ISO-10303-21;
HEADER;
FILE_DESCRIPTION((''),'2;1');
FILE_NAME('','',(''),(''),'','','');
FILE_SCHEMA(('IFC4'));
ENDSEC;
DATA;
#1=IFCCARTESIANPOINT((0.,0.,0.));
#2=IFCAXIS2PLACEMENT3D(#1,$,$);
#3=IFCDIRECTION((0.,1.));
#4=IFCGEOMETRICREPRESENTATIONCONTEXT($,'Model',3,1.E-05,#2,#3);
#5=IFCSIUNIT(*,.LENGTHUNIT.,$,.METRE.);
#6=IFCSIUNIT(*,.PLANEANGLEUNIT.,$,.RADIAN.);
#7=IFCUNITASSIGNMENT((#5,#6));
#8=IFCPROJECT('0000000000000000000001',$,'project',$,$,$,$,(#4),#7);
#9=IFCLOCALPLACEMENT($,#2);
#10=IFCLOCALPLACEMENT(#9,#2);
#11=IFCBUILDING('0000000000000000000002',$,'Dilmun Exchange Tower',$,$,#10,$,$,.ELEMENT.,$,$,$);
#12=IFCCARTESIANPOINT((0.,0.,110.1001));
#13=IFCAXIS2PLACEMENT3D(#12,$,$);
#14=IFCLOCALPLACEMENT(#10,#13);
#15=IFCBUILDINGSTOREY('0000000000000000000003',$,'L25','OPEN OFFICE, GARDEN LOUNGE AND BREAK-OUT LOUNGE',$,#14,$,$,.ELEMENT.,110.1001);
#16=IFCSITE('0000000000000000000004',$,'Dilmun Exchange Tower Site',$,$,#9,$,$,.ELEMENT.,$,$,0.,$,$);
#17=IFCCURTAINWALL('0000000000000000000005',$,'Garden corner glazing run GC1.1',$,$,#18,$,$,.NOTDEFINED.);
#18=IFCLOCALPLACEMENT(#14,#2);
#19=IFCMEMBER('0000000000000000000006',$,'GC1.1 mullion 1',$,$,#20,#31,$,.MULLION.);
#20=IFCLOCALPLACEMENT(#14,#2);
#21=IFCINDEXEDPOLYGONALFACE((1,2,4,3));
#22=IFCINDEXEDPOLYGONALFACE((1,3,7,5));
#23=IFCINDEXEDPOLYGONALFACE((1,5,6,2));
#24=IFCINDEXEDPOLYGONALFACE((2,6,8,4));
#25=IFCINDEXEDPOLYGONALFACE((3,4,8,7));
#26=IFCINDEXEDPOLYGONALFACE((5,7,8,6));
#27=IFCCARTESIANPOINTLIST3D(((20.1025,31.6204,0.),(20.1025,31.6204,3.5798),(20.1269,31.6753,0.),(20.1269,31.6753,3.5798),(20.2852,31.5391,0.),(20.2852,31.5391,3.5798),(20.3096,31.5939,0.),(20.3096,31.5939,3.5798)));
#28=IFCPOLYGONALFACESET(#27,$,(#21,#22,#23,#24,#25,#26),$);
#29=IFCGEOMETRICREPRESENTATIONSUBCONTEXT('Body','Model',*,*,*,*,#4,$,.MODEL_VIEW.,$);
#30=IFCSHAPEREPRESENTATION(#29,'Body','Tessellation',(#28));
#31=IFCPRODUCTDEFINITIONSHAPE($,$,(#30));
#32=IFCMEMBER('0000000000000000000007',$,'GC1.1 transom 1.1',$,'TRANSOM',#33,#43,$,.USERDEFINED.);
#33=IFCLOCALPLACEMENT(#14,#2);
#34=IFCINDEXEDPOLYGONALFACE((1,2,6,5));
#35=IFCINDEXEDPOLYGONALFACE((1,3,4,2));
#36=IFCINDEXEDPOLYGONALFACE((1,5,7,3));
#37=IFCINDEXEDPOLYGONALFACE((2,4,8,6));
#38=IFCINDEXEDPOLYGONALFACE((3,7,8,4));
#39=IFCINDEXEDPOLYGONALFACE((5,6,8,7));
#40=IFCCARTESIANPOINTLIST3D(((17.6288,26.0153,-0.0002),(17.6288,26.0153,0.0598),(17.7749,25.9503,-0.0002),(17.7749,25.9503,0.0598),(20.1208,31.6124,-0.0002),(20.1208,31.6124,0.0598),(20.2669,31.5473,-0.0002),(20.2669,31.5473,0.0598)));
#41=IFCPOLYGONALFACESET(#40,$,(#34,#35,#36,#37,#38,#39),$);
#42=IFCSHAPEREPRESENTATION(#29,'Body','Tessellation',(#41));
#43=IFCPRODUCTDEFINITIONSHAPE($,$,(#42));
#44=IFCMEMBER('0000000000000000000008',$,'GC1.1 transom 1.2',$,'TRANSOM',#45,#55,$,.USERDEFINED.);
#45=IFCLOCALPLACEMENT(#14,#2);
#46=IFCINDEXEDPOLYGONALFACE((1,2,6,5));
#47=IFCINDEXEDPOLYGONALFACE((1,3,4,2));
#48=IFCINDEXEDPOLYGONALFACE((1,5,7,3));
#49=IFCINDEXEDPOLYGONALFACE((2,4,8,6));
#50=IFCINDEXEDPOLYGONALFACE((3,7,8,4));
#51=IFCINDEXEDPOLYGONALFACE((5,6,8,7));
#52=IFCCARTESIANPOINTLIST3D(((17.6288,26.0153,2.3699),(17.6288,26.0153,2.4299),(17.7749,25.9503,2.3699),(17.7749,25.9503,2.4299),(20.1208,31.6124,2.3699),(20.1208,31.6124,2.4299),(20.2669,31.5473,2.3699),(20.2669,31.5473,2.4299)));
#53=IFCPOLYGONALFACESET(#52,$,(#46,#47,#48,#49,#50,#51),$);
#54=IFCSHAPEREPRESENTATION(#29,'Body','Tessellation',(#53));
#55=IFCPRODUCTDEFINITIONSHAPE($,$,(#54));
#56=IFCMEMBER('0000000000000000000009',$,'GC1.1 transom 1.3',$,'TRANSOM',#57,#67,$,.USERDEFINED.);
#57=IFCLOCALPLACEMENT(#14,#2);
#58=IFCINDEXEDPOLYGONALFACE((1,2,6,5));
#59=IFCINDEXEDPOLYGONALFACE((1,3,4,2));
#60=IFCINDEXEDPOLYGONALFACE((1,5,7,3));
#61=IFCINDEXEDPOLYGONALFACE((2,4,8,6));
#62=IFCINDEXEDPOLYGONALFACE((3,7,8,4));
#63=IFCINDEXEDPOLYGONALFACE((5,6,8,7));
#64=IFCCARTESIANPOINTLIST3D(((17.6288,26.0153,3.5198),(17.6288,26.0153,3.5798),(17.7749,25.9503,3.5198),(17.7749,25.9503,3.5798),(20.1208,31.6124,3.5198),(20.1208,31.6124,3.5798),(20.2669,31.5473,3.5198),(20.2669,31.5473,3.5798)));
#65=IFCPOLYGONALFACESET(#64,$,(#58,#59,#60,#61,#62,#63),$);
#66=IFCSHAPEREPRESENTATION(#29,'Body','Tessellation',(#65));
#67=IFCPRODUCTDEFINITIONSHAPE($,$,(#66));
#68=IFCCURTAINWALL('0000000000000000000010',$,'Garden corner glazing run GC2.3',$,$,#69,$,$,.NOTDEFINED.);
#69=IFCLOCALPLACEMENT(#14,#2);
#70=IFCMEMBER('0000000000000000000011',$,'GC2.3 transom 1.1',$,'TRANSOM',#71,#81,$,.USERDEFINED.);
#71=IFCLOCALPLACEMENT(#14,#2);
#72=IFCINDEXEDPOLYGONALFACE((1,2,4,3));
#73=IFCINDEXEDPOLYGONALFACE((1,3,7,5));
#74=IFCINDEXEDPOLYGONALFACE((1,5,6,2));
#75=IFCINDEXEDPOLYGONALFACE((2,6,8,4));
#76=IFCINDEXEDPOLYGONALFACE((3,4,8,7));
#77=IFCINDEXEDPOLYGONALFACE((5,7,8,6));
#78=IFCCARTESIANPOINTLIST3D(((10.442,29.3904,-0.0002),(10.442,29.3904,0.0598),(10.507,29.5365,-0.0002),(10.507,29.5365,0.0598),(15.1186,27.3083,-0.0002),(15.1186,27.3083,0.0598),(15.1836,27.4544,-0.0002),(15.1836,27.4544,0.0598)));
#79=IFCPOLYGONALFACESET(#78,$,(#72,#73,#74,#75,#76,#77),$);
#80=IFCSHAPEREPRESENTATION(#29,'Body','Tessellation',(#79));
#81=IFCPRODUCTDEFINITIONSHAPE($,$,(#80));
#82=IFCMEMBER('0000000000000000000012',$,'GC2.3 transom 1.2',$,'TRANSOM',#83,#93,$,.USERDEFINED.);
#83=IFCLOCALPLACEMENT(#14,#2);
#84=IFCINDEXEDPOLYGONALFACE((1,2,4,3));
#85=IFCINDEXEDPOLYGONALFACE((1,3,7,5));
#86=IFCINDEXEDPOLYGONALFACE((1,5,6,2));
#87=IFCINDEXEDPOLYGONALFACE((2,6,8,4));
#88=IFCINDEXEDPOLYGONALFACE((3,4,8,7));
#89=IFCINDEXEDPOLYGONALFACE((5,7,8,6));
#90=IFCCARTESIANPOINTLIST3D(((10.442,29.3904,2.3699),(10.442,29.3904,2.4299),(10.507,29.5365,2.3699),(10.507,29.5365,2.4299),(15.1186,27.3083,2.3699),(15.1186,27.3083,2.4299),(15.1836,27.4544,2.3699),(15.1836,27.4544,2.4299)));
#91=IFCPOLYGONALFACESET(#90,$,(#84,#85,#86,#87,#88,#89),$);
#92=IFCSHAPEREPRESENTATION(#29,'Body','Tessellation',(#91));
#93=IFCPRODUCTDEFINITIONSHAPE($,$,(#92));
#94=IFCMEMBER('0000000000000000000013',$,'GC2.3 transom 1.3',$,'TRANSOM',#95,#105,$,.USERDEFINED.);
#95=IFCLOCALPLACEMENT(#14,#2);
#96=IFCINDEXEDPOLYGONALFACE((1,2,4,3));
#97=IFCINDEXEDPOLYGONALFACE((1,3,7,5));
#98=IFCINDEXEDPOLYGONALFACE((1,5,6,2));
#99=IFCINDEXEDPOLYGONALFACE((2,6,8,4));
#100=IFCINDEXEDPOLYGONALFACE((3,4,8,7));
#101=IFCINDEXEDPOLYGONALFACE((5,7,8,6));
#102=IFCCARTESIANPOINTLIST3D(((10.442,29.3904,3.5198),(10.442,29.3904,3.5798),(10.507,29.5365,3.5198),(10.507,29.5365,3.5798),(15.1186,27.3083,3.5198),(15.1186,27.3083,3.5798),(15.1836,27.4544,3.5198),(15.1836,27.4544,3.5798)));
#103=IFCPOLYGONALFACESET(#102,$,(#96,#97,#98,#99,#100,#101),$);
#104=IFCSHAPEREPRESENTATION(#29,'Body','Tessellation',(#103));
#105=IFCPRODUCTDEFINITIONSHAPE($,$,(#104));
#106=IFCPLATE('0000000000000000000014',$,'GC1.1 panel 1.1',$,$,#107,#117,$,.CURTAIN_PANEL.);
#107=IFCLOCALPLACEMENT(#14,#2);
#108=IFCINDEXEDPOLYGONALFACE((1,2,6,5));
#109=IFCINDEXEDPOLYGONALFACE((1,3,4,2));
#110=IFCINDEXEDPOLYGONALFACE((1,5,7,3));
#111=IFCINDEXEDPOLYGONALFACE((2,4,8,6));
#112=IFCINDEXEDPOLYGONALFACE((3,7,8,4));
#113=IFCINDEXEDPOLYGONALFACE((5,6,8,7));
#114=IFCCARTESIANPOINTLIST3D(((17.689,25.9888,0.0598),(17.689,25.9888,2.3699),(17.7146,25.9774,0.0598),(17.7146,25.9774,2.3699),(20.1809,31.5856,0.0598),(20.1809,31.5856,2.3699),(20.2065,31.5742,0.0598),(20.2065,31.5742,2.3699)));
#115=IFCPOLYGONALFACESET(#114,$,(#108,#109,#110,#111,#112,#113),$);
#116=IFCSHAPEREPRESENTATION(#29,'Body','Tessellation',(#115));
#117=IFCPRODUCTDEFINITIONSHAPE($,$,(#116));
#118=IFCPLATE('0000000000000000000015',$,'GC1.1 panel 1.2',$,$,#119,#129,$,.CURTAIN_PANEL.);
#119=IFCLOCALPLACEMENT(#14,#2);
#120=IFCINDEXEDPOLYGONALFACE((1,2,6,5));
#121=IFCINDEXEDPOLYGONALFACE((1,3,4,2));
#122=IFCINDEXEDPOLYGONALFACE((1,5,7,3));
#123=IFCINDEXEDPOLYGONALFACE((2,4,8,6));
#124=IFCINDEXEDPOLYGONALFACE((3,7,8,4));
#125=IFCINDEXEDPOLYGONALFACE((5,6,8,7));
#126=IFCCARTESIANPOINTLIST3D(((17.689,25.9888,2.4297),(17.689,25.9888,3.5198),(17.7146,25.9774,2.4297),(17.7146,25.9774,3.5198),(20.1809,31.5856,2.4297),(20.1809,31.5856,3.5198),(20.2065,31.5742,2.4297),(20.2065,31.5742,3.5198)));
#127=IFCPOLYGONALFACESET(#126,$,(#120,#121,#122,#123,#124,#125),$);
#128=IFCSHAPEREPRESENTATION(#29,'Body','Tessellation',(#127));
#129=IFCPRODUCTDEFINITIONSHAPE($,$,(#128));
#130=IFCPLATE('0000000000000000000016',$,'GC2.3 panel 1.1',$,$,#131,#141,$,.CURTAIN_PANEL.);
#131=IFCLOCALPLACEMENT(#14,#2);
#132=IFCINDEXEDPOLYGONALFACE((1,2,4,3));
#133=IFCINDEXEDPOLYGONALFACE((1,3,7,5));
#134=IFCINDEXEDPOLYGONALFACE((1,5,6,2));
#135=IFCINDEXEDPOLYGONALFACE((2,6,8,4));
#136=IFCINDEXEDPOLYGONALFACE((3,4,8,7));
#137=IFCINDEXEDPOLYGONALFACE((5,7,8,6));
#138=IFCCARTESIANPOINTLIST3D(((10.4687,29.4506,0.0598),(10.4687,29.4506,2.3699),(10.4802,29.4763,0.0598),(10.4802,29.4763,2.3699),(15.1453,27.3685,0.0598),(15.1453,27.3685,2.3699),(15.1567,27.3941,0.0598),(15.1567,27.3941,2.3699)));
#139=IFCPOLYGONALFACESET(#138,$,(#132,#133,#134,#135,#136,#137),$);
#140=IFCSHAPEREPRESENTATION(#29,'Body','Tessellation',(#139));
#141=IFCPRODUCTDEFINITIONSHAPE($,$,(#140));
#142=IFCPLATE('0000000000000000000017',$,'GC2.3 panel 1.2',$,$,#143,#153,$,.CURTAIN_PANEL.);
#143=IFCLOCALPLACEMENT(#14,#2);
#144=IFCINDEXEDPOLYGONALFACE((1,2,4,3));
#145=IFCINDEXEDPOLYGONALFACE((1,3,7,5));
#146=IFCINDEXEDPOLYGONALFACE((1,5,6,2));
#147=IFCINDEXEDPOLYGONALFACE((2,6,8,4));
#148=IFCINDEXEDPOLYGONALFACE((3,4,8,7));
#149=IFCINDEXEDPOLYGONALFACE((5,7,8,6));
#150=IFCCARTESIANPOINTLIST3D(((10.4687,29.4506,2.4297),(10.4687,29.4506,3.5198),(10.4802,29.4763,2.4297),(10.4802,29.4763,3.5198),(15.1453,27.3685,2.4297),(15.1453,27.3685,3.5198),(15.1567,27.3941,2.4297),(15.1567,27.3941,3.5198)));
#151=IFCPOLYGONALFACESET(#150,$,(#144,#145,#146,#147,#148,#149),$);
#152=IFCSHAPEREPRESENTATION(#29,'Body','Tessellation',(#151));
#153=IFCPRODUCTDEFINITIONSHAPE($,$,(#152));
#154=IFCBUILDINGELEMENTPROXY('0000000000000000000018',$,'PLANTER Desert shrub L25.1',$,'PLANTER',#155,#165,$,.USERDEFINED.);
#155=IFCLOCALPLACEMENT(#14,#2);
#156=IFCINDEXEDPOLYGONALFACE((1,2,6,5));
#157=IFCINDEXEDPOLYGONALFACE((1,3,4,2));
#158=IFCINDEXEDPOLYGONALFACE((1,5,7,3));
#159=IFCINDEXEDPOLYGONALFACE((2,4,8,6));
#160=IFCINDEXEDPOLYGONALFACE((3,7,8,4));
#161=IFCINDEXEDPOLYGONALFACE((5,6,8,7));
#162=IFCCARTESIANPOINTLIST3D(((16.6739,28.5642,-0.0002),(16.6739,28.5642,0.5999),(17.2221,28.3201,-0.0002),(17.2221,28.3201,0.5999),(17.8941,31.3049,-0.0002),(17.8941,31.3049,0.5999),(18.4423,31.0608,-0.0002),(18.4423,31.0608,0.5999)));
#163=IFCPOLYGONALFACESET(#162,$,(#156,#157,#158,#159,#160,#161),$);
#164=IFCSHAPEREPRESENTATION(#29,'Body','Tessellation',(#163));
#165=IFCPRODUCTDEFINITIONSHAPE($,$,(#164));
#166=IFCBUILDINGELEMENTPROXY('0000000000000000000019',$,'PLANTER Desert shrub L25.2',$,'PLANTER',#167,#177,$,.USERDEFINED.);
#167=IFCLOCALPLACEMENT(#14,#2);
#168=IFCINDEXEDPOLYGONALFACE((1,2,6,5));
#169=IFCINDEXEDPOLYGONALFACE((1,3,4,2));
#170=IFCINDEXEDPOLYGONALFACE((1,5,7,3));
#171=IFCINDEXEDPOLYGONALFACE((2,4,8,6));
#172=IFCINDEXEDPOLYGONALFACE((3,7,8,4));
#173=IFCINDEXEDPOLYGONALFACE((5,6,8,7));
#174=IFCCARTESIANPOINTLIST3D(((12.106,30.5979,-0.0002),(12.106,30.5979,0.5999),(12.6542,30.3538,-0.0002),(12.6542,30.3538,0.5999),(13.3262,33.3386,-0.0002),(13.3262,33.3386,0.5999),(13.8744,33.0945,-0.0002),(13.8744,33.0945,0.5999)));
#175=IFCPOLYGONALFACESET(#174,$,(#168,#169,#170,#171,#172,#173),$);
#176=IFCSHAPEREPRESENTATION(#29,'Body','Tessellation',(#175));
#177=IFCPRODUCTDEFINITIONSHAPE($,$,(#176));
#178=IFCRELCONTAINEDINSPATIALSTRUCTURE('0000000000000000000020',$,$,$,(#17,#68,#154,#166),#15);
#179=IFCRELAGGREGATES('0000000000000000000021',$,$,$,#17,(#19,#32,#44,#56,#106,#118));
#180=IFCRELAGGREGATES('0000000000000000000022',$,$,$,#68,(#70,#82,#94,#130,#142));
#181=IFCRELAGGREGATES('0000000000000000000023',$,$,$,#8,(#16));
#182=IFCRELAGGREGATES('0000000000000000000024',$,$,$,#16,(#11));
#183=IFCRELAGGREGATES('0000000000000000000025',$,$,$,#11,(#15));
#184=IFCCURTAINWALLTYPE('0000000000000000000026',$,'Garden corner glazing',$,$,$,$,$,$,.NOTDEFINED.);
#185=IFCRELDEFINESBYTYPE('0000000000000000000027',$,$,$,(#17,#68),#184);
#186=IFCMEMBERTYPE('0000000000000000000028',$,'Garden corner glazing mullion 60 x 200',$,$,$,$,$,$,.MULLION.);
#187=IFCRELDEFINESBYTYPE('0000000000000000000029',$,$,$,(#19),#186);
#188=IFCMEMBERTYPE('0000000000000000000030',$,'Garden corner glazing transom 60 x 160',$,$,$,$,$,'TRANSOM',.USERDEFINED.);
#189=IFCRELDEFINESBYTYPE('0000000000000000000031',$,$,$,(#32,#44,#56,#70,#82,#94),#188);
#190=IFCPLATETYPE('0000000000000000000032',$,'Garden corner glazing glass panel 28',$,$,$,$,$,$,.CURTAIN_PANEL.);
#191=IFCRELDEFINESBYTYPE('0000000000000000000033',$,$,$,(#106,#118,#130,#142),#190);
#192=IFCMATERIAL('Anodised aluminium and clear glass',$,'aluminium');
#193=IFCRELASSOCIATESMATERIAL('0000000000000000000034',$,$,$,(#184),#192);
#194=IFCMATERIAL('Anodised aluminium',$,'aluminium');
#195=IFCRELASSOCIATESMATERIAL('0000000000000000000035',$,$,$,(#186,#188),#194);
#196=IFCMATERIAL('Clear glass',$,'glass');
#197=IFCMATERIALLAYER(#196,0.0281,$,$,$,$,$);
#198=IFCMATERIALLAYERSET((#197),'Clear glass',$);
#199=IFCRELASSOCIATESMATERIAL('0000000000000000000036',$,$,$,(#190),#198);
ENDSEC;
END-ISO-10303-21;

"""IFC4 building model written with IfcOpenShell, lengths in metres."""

from ifc_helpers import new_model, si_unit, direction, frame, origin, origin_2d, place, context, subcontext, project, spatial, rectangle, extrude, material, layer, layer_set, material_profile, profile_set, type_object, element, aggregate, save


model = new_model("IFC4")

# Units and contexts
model_context = context("Model", 3, precision=1e-05, world=origin(), true_north=direction((0.0, 1.0)))
body_context = subcontext(model_context, "Body", "Model", "MODEL_VIEW")
ifc_project = project(units=[si_unit("LENGTHUNIT", "METRE"), si_unit("PLANEANGLEUNIT", "RADIAN")], contexts=[model_context])

# Site, building, storey
site_placement = place(None, origin())
site = spatial("IfcSite", under=ifc_project, at=site_placement, Name="Dilmun Exchange Tower Site", CompositionType="ELEMENT", RefElevation=0.0)
building_placement = place(site_placement, origin())
building = spatial("IfcBuilding", under=site, at=building_placement, Name="Dilmun Exchange Tower", CompositionType="ELEMENT")
storey_placement = place(building_placement, frame((0.0, 0.0, 110.1001)))
storey = spatial("IfcBuildingStorey", under=building, at=storey_placement, Name="L25", Description="OPEN OFFICE, GARDEN LOUNGE AND BREAK-OUT LOUNGE", CompositionType="ELEMENT", Elevation=110.1001)

# Curtain walls, members
ifc_material_1 = material(Name="Anodised aluminium and clear glass", Category="aluminium")
curtain_wall_type = type_object("IfcCurtainWallType", Name="Garden corner glazing", PredefinedType="NOTDEFINED", material=ifc_material_1)
curtain_wall_1_placement = place(storey_placement, origin())
curtain_wall_1 = element("IfcCurtainWall", 1, at=curtain_wall_1_placement, inside=storey, type_object=curtain_wall_type, Name="Garden corner glazing run GC1.1", PredefinedType="NOTDEFINED")
ifc_material_2 = material(Name="Anodised aluminium", Category="aluminium")
ifc_material_profile_1 = material_profile(ifc_material_2, rectangle(XDim=0.2, YDim=0.0601, at=origin_2d()), Name="AL 60x200")
ifc_profile_set_1 = profile_set([ifc_material_profile_1], Name="Anodised aluminium")
member_type_1 = type_object("IfcMemberType", Name="Garden corner glazing mullion 60 x 200", PredefinedType="MULLION", material=ifc_profile_set_1)
member_1_placement = place(storey_placement, frame((20.2061, 31.6072, 0.0), z_axis=(0.0, 0.0, 1.0), x_axis=(0.913543, -0.406743, 0.0)))
member_1 = element("IfcMember", 2, at=member_1_placement, type_object=member_type_1, Name="GC1.1 mullion 1", PredefinedType="MULLION", context=body_context, shape_type="SweptSolid", body=[
    extrude(rectangle(XDim=0.2, YDim=0.0601, at=origin_2d()), origin(), (0.0, 0.0, 1.0), 3.5798),
])
ifc_material_profile_2 = material_profile(ifc_material_2, rectangle(XDim=0.1599, YDim=0.0601, at=origin_2d()), Name="AL 60x160")
ifc_profile_set_2 = profile_set([ifc_material_profile_2], Name="Anodised aluminium")
member_type_2 = type_object("IfcMemberType", Name="Garden corner glazing transom 60 x 160", ElementType="TRANSOM", PredefinedType="USERDEFINED", material=ifc_profile_set_2)
member_2_placement = place(storey_placement, frame((20.1938, 31.5798, 0.0298), z_axis=(-0.406741, -0.913543, 0.0), x_axis=(0.913543, -0.406741, 0.0)))
member_2 = element("IfcMember", 3, at=member_2_placement, type_object=member_type_2, Name="GC1.1 transom 1.1", ObjectType="TRANSOM", PredefinedType="USERDEFINED", context=body_context, shape_type="SweptSolid", body=[
    extrude(rectangle(XDim=0.1599, YDim=0.0601, at=origin_2d()), origin(), (0.0, 0.0, 1.0), 6.1267),
])
member_3_placement = place(storey_placement, frame((20.1938, 31.5798, 2.3999), z_axis=(-0.406741, -0.913543, 0.0), x_axis=(0.913543, -0.406741, 0.0)))
member_3 = element("IfcMember", 4, at=member_3_placement, type_object=member_type_2, Name="GC1.1 transom 1.2", ObjectType="TRANSOM", PredefinedType="USERDEFINED", context=body_context, shape_type="SweptSolid", body=[
    extrude(rectangle(XDim=0.1599, YDim=0.0601, at=origin_2d()), origin(), (0.0, 0.0, 1.0), 6.1267),
])
member_4_placement = place(storey_placement, frame((20.1938, 31.5798, 3.5498), z_axis=(-0.406741, -0.913543, 0.0), x_axis=(0.913543, -0.406741, 0.0)))
member_4 = element("IfcMember", 5, at=member_4_placement, type_object=member_type_2, Name="GC1.1 transom 1.3", ObjectType="TRANSOM", PredefinedType="USERDEFINED", context=body_context, shape_type="SweptSolid", body=[
    extrude(rectangle(XDim=0.1599, YDim=0.0601, at=origin_2d()), origin(), (0.0, 0.0, 1.0), 6.1267),
])
curtain_wall_2_placement = place(storey_placement, origin())
curtain_wall_2 = element("IfcCurtainWall", 6, at=curtain_wall_2_placement, inside=storey, type_object=curtain_wall_type, Name="Garden corner glazing run GC2.3", PredefinedType="NOTDEFINED")
member_5_placement = place(storey_placement, frame((15.1511, 27.3813, 0.0298), z_axis=(-0.913552, 0.406722, 0.0), x_axis=(-0.406722, -0.913552, 0.0)))
member_5 = element("IfcMember", 7, at=member_5_placement, type_object=member_type_2, Name="GC2.3 transom 1.1", ObjectType="TRANSOM", PredefinedType="USERDEFINED", context=body_context, shape_type="SweptSolid", body=[
    extrude(rectangle(XDim=0.1599, YDim=0.0601, at=origin_2d()), origin(), (0.0, 0.0, 1.0), 5.1191),
])
member_6_placement = place(storey_placement, frame((15.1511, 27.3813, 2.3999), z_axis=(-0.913552, 0.406722, 0.0), x_axis=(-0.406722, -0.913552, 0.0)))
member_6 = element("IfcMember", 8, at=member_6_placement, type_object=member_type_2, Name="GC2.3 transom 1.2", ObjectType="TRANSOM", PredefinedType="USERDEFINED", context=body_context, shape_type="SweptSolid", body=[
    extrude(rectangle(XDim=0.1599, YDim=0.0601, at=origin_2d()), origin(), (0.0, 0.0, 1.0), 5.1191),
])
member_7_placement = place(storey_placement, frame((15.1511, 27.3813, 3.5498), z_axis=(-0.913552, 0.406722, 0.0), x_axis=(-0.406722, -0.913552, 0.0)))
member_7 = element("IfcMember", 9, at=member_7_placement, type_object=member_type_2, Name="GC2.3 transom 1.3", ObjectType="TRANSOM", PredefinedType="USERDEFINED", context=body_context, shape_type="SweptSolid", body=[
    extrude(rectangle(XDim=0.1599, YDim=0.0601, at=origin_2d()), origin(), (0.0, 0.0, 1.0), 5.1191),
])

# Plates
ifc_material_3 = material(Name="Clear glass", Category="glass")
ifc_layer_1 = layer(ifc_material_3, 0.0281)
ifc_layer_set_1 = layer_set([ifc_layer_1], Name="Clear glass")
plate_type = type_object("IfcPlateType", Name="Garden corner glazing glass panel 28", PredefinedType="CURTAIN_PANEL", material=ifc_layer_set_1)
plate_1_placement = place(storey_placement, frame((18.9478, 28.7815, 0.0598), z_axis=(0.0, 0.0, 1.0), x_axis=(-0.406743, -0.913543, 0.0)))
plate_1 = element("IfcPlate", 10, at=plate_1_placement, type_object=plate_type, Name="GC1.1 panel 1.1", PredefinedType="CURTAIN_PANEL", context=body_context, shape_type="SweptSolid", body=[
    extrude(rectangle(XDim=6.1265, YDim=0.0281, at=origin_2d()), origin(), (0.0, 0.0, 1.0), 2.3101),
])
plate_2_placement = place(storey_placement, frame((18.9478, 28.7815, 2.4297), z_axis=(0.0, 0.0, 1.0), x_axis=(-0.406743, -0.913543, 0.0)))
plate_2 = element("IfcPlate", 11, at=plate_2_placement, type_object=plate_type, Name="GC1.1 panel 1.2", PredefinedType="CURTAIN_PANEL", context=body_context, shape_type="SweptSolid", body=[
    extrude(rectangle(XDim=6.1265, YDim=0.0281, at=origin_2d()), origin(), (0.0, 0.0, 1.0), 1.0901),
])
aggregate(curtain_wall_1, [member_1, member_2, member_3, member_4, plate_1, plate_2])
plate_3_placement = place(storey_placement, frame((12.8127, 28.4224, 0.0598), z_axis=(0.0, 0.0, 1.0), x_axis=(-0.913546, 0.406735, 0.0)))
plate_3 = element("IfcPlate", 12, at=plate_3_placement, type_object=plate_type, Name="GC2.3 panel 1.1", PredefinedType="CURTAIN_PANEL", context=body_context, shape_type="SweptSolid", body=[
    extrude(rectangle(XDim=5.1191, YDim=0.0281, at=origin_2d()), origin(), (0.0, 0.0, 1.0), 2.3101),
])
plate_4_placement = place(storey_placement, frame((12.8127, 28.4224, 2.4297), z_axis=(0.0, 0.0, 1.0), x_axis=(-0.913546, 0.406735, 0.0)))
plate_4 = element("IfcPlate", 13, at=plate_4_placement, type_object=plate_type, Name="GC2.3 panel 1.2", PredefinedType="CURTAIN_PANEL", context=body_context, shape_type="SweptSolid", body=[
    extrude(rectangle(XDim=5.1191, YDim=0.0281, at=origin_2d()), origin(), (0.0, 0.0, 1.0), 1.0901),
])
aggregate(curtain_wall_2, [member_5, member_6, member_7, plate_3, plate_4])

# Building element proxies
for number, where, z_axis, x_axis, name in (
    (14, (17.5581, 29.8125, -0.0002), (0.0, 0.0, 1.0), (0.406737, 0.913545, 0.0), "PLANTER Desert shrub L25.1"),
    (15, (12.9902, 31.8462, -0.0002), (0.0, 0.0, 1.0), (0.406737, 0.913545, 0.0), "PLANTER Desert shrub L25.2"),
):
    element("IfcBuildingElementProxy", number, at=place(storey_placement, frame(where, z_axis=z_axis, x_axis=x_axis)), inside=storey, Name=name, ObjectType="PLANTER", PredefinedType="USERDEFINED", context=body_context, shape_type="SweptSolid", body=[
        extrude(rectangle(XDim=3.0, YDim=0.6001, at=origin_2d()), origin(), (0.0, 0.0, 1.0), 0.6001),
    ])

save(model, "model.ifc")
